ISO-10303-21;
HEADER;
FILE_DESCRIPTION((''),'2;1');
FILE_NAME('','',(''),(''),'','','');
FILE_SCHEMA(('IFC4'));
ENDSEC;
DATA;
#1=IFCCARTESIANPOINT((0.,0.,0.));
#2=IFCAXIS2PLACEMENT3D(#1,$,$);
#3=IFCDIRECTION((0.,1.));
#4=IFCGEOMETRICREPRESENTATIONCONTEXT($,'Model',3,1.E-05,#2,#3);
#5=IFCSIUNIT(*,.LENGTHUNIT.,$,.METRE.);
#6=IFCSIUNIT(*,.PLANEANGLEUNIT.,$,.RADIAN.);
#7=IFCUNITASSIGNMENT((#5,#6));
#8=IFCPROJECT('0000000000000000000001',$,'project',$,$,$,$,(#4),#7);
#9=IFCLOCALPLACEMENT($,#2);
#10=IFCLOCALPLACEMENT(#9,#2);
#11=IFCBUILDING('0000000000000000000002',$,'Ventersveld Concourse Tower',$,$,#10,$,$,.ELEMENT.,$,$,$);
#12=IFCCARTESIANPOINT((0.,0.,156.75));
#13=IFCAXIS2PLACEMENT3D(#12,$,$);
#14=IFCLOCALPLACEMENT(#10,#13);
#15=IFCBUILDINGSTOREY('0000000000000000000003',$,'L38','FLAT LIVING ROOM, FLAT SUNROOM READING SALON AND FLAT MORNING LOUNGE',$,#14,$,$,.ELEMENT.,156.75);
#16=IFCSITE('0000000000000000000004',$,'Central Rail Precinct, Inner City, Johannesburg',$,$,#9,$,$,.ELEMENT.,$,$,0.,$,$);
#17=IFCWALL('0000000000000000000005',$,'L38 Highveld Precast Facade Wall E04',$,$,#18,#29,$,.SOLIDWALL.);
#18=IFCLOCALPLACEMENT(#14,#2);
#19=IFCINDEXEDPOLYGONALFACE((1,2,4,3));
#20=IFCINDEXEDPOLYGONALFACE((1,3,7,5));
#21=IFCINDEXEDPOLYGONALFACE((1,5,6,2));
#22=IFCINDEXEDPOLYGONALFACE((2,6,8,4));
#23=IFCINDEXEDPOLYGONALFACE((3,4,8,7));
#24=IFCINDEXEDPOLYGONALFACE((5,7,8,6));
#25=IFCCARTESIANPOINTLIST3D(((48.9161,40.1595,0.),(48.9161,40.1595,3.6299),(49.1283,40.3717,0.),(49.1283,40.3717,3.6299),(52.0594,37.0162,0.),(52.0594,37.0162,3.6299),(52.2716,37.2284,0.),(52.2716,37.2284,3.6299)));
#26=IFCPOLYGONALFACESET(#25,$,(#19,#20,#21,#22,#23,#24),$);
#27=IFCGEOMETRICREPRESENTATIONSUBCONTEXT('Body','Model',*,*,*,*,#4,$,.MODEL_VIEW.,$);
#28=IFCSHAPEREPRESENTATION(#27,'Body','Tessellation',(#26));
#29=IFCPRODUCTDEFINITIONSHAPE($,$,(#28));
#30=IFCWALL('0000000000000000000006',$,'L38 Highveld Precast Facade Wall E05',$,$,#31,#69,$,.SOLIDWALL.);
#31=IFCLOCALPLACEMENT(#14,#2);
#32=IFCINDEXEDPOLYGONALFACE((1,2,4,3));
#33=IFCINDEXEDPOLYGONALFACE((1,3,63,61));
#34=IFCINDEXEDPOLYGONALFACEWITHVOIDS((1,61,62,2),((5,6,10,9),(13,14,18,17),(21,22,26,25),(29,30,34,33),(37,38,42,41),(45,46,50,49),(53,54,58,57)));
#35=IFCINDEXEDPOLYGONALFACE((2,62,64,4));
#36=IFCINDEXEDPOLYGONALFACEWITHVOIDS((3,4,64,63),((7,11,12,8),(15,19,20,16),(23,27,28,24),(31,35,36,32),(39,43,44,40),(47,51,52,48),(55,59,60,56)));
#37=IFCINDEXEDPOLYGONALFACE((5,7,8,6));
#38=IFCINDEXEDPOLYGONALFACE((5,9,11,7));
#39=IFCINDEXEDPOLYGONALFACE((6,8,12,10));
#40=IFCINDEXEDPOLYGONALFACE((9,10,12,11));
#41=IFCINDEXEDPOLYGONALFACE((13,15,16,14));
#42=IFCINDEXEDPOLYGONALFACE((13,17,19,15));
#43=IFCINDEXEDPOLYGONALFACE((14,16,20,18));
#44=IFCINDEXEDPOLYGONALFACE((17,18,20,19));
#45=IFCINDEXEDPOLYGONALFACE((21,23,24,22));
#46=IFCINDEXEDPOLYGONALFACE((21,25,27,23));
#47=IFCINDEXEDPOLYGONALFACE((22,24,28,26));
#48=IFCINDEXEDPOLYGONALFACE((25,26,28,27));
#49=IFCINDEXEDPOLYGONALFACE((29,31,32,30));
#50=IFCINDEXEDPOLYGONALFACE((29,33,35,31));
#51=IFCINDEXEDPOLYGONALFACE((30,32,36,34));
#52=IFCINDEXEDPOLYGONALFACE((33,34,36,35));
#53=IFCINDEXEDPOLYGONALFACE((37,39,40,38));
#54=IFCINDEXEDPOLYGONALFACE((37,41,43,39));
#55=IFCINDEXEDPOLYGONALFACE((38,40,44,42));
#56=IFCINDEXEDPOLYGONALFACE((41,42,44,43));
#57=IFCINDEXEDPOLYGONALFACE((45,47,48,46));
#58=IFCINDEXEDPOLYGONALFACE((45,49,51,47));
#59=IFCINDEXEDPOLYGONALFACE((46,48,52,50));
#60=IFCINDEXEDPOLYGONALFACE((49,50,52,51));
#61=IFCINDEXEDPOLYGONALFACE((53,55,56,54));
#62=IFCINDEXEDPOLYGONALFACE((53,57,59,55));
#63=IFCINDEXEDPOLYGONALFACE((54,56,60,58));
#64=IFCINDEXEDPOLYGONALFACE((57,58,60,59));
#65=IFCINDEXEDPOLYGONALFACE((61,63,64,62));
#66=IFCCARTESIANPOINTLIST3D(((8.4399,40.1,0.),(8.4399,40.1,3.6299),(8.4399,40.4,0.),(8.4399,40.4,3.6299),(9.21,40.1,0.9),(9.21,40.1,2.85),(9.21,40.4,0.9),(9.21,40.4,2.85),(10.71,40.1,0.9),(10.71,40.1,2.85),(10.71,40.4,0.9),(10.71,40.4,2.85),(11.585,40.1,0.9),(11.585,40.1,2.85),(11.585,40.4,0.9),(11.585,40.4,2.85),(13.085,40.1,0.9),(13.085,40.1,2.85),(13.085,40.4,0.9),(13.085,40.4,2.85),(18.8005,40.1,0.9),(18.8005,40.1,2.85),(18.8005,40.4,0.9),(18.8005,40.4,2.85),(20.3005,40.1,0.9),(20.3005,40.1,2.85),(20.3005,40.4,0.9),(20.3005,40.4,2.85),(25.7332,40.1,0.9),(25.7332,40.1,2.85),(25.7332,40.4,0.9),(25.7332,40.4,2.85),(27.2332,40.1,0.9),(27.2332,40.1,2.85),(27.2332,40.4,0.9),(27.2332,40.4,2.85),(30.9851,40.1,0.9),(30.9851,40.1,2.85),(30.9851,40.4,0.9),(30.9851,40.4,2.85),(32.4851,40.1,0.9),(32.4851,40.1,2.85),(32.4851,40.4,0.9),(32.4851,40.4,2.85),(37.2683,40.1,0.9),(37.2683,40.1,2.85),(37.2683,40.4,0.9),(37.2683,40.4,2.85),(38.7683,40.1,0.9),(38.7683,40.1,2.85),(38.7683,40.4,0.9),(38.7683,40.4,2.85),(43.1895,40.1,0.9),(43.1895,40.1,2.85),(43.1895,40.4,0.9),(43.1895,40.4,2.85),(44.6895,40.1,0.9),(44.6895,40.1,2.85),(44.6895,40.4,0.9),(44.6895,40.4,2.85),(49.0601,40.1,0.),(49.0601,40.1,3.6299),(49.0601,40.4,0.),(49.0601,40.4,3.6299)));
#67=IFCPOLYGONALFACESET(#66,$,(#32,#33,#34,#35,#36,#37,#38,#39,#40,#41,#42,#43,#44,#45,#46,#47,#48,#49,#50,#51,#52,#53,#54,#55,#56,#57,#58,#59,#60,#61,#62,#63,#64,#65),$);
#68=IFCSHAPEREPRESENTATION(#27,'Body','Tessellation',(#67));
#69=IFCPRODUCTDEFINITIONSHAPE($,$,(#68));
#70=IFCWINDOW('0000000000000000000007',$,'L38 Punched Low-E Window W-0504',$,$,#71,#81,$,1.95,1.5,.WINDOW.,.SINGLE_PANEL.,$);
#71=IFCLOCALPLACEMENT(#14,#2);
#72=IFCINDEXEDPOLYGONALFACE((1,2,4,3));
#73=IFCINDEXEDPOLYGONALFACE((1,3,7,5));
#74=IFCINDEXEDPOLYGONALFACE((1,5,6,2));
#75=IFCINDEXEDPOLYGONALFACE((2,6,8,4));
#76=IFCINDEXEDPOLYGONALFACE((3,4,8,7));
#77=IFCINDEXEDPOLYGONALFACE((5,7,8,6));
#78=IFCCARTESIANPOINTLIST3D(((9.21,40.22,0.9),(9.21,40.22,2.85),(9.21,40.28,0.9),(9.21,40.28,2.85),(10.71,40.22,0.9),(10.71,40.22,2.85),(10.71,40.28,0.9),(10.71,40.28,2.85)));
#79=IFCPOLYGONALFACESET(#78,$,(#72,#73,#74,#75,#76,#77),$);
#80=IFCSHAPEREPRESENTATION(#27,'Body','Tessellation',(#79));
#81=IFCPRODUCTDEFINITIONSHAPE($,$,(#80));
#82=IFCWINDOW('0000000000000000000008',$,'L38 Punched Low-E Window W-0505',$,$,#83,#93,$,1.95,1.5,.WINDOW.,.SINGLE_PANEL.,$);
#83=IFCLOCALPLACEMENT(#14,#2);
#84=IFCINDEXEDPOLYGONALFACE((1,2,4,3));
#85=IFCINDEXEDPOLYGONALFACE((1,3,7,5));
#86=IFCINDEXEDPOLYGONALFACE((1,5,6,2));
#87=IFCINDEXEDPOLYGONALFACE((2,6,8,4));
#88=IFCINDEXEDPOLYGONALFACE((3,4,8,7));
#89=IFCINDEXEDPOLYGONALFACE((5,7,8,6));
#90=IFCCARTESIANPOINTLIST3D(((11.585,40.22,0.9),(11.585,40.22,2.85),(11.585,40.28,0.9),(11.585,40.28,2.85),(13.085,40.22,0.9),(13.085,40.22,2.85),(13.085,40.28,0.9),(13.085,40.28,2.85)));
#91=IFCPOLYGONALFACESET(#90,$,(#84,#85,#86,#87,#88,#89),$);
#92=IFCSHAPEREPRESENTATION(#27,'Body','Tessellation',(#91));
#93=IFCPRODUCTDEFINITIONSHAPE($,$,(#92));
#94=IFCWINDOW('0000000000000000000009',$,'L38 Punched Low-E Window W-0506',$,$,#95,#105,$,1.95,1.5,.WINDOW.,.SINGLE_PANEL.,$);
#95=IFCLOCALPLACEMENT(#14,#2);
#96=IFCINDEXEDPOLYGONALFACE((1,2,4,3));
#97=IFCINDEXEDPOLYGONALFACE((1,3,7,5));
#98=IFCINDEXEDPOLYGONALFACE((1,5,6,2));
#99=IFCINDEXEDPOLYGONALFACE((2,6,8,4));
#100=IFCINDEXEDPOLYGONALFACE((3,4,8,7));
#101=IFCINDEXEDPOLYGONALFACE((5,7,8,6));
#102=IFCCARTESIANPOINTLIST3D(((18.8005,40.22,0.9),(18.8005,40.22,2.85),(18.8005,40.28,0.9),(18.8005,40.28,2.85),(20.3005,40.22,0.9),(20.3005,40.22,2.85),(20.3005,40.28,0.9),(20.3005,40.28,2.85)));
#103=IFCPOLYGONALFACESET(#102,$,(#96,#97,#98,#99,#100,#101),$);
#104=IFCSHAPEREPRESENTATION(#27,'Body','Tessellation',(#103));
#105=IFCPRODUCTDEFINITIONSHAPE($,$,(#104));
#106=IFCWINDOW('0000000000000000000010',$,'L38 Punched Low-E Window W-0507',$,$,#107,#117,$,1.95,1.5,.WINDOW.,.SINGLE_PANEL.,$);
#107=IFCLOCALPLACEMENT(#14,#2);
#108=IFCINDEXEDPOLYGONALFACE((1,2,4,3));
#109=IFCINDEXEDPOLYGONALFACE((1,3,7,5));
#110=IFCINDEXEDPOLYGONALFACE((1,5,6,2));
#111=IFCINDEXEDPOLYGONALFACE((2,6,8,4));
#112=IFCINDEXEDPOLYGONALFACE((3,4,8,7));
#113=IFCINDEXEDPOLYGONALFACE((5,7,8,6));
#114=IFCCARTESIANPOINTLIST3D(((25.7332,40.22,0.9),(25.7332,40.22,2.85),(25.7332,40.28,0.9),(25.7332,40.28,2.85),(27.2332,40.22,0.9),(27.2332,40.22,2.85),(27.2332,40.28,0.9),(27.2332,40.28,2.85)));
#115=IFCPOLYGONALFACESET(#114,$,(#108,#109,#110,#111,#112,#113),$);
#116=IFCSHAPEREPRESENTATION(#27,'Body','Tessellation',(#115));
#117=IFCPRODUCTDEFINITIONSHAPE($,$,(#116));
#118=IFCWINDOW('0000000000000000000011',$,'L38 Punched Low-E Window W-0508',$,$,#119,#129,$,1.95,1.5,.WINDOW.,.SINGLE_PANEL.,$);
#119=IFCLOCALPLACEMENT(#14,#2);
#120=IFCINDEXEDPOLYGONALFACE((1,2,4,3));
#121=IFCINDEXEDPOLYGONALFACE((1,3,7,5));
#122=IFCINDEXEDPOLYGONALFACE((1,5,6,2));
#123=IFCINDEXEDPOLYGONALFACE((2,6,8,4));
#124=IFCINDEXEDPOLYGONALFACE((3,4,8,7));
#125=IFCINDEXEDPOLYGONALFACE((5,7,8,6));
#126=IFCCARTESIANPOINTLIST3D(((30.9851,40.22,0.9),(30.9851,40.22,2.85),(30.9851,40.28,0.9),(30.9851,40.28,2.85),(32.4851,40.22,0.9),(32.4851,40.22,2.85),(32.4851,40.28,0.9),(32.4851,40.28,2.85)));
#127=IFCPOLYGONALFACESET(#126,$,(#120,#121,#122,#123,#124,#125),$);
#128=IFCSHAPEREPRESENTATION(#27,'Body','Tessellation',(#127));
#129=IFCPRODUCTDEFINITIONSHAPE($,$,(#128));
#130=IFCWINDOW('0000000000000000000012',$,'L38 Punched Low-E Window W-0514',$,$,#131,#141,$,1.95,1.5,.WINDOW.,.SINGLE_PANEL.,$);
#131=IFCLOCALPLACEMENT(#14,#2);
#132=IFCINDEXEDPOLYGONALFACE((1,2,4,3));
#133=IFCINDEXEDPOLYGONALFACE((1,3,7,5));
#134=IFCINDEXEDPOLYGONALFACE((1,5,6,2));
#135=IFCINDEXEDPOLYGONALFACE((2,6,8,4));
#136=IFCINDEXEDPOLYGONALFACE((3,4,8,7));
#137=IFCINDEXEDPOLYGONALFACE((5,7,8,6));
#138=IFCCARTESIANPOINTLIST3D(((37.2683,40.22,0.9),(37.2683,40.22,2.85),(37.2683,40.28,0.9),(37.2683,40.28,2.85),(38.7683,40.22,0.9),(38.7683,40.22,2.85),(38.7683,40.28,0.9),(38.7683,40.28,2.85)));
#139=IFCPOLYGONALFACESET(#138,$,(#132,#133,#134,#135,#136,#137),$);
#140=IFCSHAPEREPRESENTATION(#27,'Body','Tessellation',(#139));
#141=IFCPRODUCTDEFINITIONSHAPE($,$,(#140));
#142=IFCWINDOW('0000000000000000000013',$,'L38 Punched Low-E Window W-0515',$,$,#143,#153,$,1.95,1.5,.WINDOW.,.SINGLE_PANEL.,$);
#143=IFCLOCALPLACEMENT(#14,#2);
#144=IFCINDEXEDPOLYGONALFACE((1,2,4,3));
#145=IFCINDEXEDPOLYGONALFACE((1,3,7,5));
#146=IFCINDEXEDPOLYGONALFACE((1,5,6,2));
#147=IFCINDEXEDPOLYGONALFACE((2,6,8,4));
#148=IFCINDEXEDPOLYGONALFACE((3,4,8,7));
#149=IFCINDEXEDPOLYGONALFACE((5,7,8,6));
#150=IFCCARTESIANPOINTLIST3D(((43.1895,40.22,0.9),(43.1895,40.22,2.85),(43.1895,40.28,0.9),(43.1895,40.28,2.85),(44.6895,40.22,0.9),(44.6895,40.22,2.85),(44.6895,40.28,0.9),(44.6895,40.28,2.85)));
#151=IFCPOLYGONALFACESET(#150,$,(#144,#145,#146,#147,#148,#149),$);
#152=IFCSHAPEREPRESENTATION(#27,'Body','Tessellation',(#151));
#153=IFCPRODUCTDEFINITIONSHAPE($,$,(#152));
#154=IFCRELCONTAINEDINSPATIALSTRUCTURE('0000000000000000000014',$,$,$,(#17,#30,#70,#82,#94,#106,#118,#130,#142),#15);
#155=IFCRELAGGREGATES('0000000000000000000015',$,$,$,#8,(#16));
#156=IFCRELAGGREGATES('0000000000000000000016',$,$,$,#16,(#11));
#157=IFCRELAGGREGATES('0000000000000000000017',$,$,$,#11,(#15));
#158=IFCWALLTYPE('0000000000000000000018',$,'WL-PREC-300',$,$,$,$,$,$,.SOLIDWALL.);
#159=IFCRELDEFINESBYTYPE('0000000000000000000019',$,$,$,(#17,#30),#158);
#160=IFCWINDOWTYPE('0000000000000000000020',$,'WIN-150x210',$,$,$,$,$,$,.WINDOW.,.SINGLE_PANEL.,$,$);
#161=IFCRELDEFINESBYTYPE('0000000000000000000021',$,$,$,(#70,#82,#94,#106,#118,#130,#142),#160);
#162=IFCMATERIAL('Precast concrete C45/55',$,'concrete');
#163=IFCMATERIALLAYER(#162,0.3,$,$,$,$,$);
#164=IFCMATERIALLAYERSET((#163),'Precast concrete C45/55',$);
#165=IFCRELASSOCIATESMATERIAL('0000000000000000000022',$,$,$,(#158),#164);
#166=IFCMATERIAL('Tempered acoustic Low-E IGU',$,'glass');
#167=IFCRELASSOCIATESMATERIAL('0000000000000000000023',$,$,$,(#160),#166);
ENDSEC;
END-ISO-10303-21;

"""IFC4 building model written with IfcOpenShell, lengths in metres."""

from ifc_helpers import new_model, si_unit, direction, frame, frame_2d, origin, place, context, subcontext, project, spatial, rectangle, extrude, material, layer, layer_set, type_object, element, fill, save


model = new_model("IFC4")

# Units and contexts
model_context = context("Model", 3, precision=1e-05, world=origin(), true_north=direction((0.0, 1.0)))
body_context = subcontext(model_context, "Body", "Model", "MODEL_VIEW")
ifc_project = project(units=[si_unit("LENGTHUNIT", "METRE"), si_unit("PLANEANGLEUNIT", "RADIAN")], contexts=[model_context])

# Site, building, storey
site_placement = place(None, origin())
site = spatial("IfcSite", under=ifc_project, at=site_placement, Name="Central Rail Precinct, Inner City, Johannesburg", CompositionType="ELEMENT", RefElevation=0.0)
building_placement = place(site_placement, origin())
building = spatial("IfcBuilding", under=site, at=building_placement, Name="Ventersveld Concourse Tower", CompositionType="ELEMENT")
storey_placement = place(building_placement, frame((0.0, 0.0, 156.75)))
storey = spatial("IfcBuildingStorey", under=building, at=storey_placement, Name="L38", Description="FLAT LIVING ROOM, FLAT SUNROOM READING SALON AND FLAT MORNING LOUNGE", CompositionType="ELEMENT", Elevation=156.75)

# Wall
ifc_material_1 = material(Name="Precast concrete C45/55", Category="concrete")
ifc_layer_1 = layer(ifc_material_1, 0.3)
ifc_layer_set_1 = layer_set([ifc_layer_1], Name="Precast concrete C45/55")
wall_type_1 = type_object("IfcWallType", Name="WL-PREC-300", PredefinedType="SOLIDWALL", material=ifc_layer_set_1)
wall_1_placement = place(storey_placement, frame((52.1655, 37.1223, 0.0), z_axis=(0.0, 0.0, 1.0), x_axis=(-0.707107, 0.707107, 0.0)))
element("IfcWall", 1, at=wall_1_placement, inside=storey, type_object=wall_type_1, Name="L38 Highveld Precast Facade Wall E04", PredefinedType="SOLIDWALL", context=body_context, shape_type="SweptSolid", body=[
    extrude(rectangle(XDim=4.4453, YDim=0.3, at=frame_2d((2.2227, 0.0))), origin(), (0.0, 0.0, 1.0), 3.6299),
])

# Wall, openings, windows
wall_2_placement = place(storey_placement, frame((49.0601, 40.25, 0.0), z_axis=(0.0, 0.0, 1.0), x_axis=(-1.0, 0.0, 0.0)))
wall_2 = element("IfcWall", 2, at=wall_2_placement, inside=storey, type_object=wall_type_1, Name="L38 Highveld Precast Facade Wall E05", PredefinedType="SOLIDWALL", context=body_context, shape_type="SweptSolid", body=[
    extrude(rectangle(XDim=40.6201, YDim=0.3, at=frame_2d((20.3101, 0.0))), origin(), (0.0, 0.0, 1.0), 3.6299),
])
opening_1_placement = place(wall_2_placement, frame((38.3501, 0.0, 0.8999)))
opening_1 = element("IfcOpeningElement", 3, at=opening_1_placement, cuts=wall_2, PredefinedType="OPENING", context=body_context, shape_type="SweptSolid", body=[
    extrude(rectangle(XDim=1.5, YDim=1.95, at=frame_2d((0.75, 0.9751))), frame((0.0, 0.1602, 0.0), z_axis=(0.0, -1.0, 0.0), x_axis=(1.0, 0.0, 0.0)), (0.0, 0.0, 1.0), 0.3201),
])
opening_2_placement = place(wall_2_placement, frame((35.9751, 0.0, 0.8999)))
opening_2 = element("IfcOpeningElement", 4, at=opening_2_placement, cuts=wall_2, PredefinedType="OPENING", context=body_context, shape_type="SweptSolid", body=[
    extrude(rectangle(XDim=1.5, YDim=1.95, at=frame_2d((0.75, 0.9751))), frame((0.0, 0.1602, 0.0), z_axis=(0.0, -1.0, 0.0), x_axis=(1.0, 0.0, 0.0)), (0.0, 0.0, 1.0), 0.3201),
])
opening_3_placement = place(wall_2_placement, frame((28.7595, 0.0, 0.8999)))
opening_3 = element("IfcOpeningElement", 5, at=opening_3_placement, cuts=wall_2, PredefinedType="OPENING", context=body_context, shape_type="SweptSolid", body=[
    extrude(rectangle(XDim=1.5, YDim=1.95, at=frame_2d((0.75, 0.9751))), frame((0.0, 0.1602, 0.0), z_axis=(0.0, -1.0, 0.0), x_axis=(1.0, 0.0, 0.0)), (0.0, 0.0, 1.0), 0.3201),
])
opening_4_placement = place(wall_2_placement, frame((21.8269, 0.0, 0.8999)))
opening_4 = element("IfcOpeningElement", 6, at=opening_4_placement, cuts=wall_2, PredefinedType="OPENING", context=body_context, shape_type="SweptSolid", body=[
    extrude(rectangle(XDim=1.5, YDim=1.95, at=frame_2d((0.75, 0.9751))), frame((0.0, 0.1602, 0.0), z_axis=(0.0, -1.0, 0.0), x_axis=(1.0, 0.0, 0.0)), (0.0, 0.0, 1.0), 0.3201),
])
opening_5_placement = place(wall_2_placement, frame((16.575, 0.0, 0.8999)))
opening_5 = element("IfcOpeningElement", 7, at=opening_5_placement, cuts=wall_2, PredefinedType="OPENING", context=body_context, shape_type="SweptSolid", body=[
    extrude(rectangle(XDim=1.5, YDim=1.95, at=frame_2d((0.75, 0.9751))), frame((0.0, 0.1602, 0.0), z_axis=(0.0, -1.0, 0.0), x_axis=(1.0, 0.0, 0.0)), (0.0, 0.0, 1.0), 0.3201),
])
opening_6_placement = place(wall_2_placement, frame((10.2917, 0.0, 0.8999)))
opening_6 = element("IfcOpeningElement", 8, at=opening_6_placement, cuts=wall_2, PredefinedType="OPENING", context=body_context, shape_type="SweptSolid", body=[
    extrude(rectangle(XDim=1.5, YDim=1.95, at=frame_2d((0.75, 0.9751))), frame((0.0, 0.1602, 0.0), z_axis=(0.0, -1.0, 0.0), x_axis=(1.0, 0.0, 0.0)), (0.0, 0.0, 1.0), 0.3201),
])
opening_7_placement = place(wall_2_placement, frame((4.3706, 0.0, 0.8999)))
opening_7 = element("IfcOpeningElement", 9, at=opening_7_placement, cuts=wall_2, PredefinedType="OPENING", context=body_context, shape_type="SweptSolid", body=[
    extrude(rectangle(XDim=1.5, YDim=1.95, at=frame_2d((0.75, 0.9751))), frame((0.0, 0.1602, 0.0), z_axis=(0.0, -1.0, 0.0), x_axis=(1.0, 0.0, 0.0)), (0.0, 0.0, 1.0), 0.3201),
])
ifc_material_2 = material(Name="Tempered acoustic Low-E IGU", Category="glass")
window_type = type_object("IfcWindowType", Name="WIN-150x210", PartitioningType="SINGLE_PANEL", PredefinedType="WINDOW", material=ifc_material_2)
window_1_placement = place(opening_1_placement, origin())
window_1 = element("IfcWindow", 10, at=window_1_placement, inside=storey, type_object=window_type, Name="L38 Punched Low-E Window W-0504", OverallHeight=1.95, OverallWidth=1.5, PartitioningType="SINGLE_PANEL", PredefinedType="WINDOW", context=body_context, shape_type="SweptSolid", body=[
    extrude(rectangle(XDim=1.5, YDim=1.95, at=frame_2d((0.75, 0.9751))), frame((0.0, 0.03, 0.0), z_axis=(0.0, -1.0, 0.0), x_axis=(1.0, 0.0, 0.0)), (0.0, 0.0, 1.0), 0.0601),
])
fill(opening_1, window_1)
window_2_placement = place(opening_2_placement, origin())
window_2 = element("IfcWindow", 11, at=window_2_placement, inside=storey, type_object=window_type, Name="L38 Punched Low-E Window W-0505", OverallHeight=1.95, OverallWidth=1.5, PartitioningType="SINGLE_PANEL", PredefinedType="WINDOW", context=body_context, shape_type="SweptSolid", body=[
    extrude(rectangle(XDim=1.5, YDim=1.95, at=frame_2d((0.75, 0.9751))), frame((0.0, 0.03, 0.0), z_axis=(0.0, -1.0, 0.0), x_axis=(1.0, 0.0, 0.0)), (0.0, 0.0, 1.0), 0.0601),
])
fill(opening_2, window_2)
window_3_placement = place(opening_3_placement, origin())
window_3 = element("IfcWindow", 12, at=window_3_placement, inside=storey, type_object=window_type, Name="L38 Punched Low-E Window W-0506", OverallHeight=1.95, OverallWidth=1.5, PartitioningType="SINGLE_PANEL", PredefinedType="WINDOW", context=body_context, shape_type="SweptSolid", body=[
    extrude(rectangle(XDim=1.5, YDim=1.95, at=frame_2d((0.75, 0.9751))), frame((0.0, 0.03, 0.0), z_axis=(0.0, -1.0, 0.0), x_axis=(1.0, 0.0, 0.0)), (0.0, 0.0, 1.0), 0.0601),
])
fill(opening_3, window_3)
window_4_placement = place(opening_4_placement, origin())
window_4 = element("IfcWindow", 13, at=window_4_placement, inside=storey, type_object=window_type, Name="L38 Punched Low-E Window W-0507", OverallHeight=1.95, OverallWidth=1.5, PartitioningType="SINGLE_PANEL", PredefinedType="WINDOW", context=body_context, shape_type="SweptSolid", body=[
    extrude(rectangle(XDim=1.5, YDim=1.95, at=frame_2d((0.75, 0.9751))), frame((0.0, 0.03, 0.0), z_axis=(0.0, -1.0, 0.0), x_axis=(1.0, 0.0, 0.0)), (0.0, 0.0, 1.0), 0.0601),
])
fill(opening_4, window_4)
window_5_placement = place(opening_5_placement, origin())
window_5 = element("IfcWindow", 14, at=window_5_placement, inside=storey, type_object=window_type, Name="L38 Punched Low-E Window W-0508", OverallHeight=1.95, OverallWidth=1.5, PartitioningType="SINGLE_PANEL", PredefinedType="WINDOW", context=body_context, shape_type="SweptSolid", body=[
    extrude(rectangle(XDim=1.5, YDim=1.95, at=frame_2d((0.75, 0.9751))), frame((0.0, 0.03, 0.0), z_axis=(0.0, -1.0, 0.0), x_axis=(1.0, 0.0, 0.0)), (0.0, 0.0, 1.0), 0.0601),
])
fill(opening_5, window_5)
window_6_placement = place(opening_6_placement, origin())
window_6 = element("IfcWindow", 15, at=window_6_placement, inside=storey, type_object=window_type, Name="L38 Punched Low-E Window W-0514", OverallHeight=1.95, OverallWidth=1.5, PartitioningType="SINGLE_PANEL", PredefinedType="WINDOW", context=body_context, shape_type="SweptSolid", body=[
    extrude(rectangle(XDim=1.5, YDim=1.95, at=frame_2d((0.75, 0.9751))), frame((0.0, 0.03, 0.0), z_axis=(0.0, -1.0, 0.0), x_axis=(1.0, 0.0, 0.0)), (0.0, 0.0, 1.0), 0.0601),
])
fill(opening_6, window_6)
window_7_placement = place(opening_7_placement, origin())
window_7 = element("IfcWindow", 16, at=window_7_placement, inside=storey, type_object=window_type, Name="L38 Punched Low-E Window W-0515", OverallHeight=1.95, OverallWidth=1.5, PartitioningType="SINGLE_PANEL", PredefinedType="WINDOW", context=body_context, shape_type="SweptSolid", body=[
    extrude(rectangle(XDim=1.5, YDim=1.95, at=frame_2d((0.75, 0.9751))), frame((0.0, 0.03, 0.0), z_axis=(0.0, -1.0, 0.0), x_axis=(1.0, 0.0, 0.0)), (0.0, 0.0, 1.0), 0.0601),
])
fill(opening_7, window_7)

save(model, "model.ifc")
